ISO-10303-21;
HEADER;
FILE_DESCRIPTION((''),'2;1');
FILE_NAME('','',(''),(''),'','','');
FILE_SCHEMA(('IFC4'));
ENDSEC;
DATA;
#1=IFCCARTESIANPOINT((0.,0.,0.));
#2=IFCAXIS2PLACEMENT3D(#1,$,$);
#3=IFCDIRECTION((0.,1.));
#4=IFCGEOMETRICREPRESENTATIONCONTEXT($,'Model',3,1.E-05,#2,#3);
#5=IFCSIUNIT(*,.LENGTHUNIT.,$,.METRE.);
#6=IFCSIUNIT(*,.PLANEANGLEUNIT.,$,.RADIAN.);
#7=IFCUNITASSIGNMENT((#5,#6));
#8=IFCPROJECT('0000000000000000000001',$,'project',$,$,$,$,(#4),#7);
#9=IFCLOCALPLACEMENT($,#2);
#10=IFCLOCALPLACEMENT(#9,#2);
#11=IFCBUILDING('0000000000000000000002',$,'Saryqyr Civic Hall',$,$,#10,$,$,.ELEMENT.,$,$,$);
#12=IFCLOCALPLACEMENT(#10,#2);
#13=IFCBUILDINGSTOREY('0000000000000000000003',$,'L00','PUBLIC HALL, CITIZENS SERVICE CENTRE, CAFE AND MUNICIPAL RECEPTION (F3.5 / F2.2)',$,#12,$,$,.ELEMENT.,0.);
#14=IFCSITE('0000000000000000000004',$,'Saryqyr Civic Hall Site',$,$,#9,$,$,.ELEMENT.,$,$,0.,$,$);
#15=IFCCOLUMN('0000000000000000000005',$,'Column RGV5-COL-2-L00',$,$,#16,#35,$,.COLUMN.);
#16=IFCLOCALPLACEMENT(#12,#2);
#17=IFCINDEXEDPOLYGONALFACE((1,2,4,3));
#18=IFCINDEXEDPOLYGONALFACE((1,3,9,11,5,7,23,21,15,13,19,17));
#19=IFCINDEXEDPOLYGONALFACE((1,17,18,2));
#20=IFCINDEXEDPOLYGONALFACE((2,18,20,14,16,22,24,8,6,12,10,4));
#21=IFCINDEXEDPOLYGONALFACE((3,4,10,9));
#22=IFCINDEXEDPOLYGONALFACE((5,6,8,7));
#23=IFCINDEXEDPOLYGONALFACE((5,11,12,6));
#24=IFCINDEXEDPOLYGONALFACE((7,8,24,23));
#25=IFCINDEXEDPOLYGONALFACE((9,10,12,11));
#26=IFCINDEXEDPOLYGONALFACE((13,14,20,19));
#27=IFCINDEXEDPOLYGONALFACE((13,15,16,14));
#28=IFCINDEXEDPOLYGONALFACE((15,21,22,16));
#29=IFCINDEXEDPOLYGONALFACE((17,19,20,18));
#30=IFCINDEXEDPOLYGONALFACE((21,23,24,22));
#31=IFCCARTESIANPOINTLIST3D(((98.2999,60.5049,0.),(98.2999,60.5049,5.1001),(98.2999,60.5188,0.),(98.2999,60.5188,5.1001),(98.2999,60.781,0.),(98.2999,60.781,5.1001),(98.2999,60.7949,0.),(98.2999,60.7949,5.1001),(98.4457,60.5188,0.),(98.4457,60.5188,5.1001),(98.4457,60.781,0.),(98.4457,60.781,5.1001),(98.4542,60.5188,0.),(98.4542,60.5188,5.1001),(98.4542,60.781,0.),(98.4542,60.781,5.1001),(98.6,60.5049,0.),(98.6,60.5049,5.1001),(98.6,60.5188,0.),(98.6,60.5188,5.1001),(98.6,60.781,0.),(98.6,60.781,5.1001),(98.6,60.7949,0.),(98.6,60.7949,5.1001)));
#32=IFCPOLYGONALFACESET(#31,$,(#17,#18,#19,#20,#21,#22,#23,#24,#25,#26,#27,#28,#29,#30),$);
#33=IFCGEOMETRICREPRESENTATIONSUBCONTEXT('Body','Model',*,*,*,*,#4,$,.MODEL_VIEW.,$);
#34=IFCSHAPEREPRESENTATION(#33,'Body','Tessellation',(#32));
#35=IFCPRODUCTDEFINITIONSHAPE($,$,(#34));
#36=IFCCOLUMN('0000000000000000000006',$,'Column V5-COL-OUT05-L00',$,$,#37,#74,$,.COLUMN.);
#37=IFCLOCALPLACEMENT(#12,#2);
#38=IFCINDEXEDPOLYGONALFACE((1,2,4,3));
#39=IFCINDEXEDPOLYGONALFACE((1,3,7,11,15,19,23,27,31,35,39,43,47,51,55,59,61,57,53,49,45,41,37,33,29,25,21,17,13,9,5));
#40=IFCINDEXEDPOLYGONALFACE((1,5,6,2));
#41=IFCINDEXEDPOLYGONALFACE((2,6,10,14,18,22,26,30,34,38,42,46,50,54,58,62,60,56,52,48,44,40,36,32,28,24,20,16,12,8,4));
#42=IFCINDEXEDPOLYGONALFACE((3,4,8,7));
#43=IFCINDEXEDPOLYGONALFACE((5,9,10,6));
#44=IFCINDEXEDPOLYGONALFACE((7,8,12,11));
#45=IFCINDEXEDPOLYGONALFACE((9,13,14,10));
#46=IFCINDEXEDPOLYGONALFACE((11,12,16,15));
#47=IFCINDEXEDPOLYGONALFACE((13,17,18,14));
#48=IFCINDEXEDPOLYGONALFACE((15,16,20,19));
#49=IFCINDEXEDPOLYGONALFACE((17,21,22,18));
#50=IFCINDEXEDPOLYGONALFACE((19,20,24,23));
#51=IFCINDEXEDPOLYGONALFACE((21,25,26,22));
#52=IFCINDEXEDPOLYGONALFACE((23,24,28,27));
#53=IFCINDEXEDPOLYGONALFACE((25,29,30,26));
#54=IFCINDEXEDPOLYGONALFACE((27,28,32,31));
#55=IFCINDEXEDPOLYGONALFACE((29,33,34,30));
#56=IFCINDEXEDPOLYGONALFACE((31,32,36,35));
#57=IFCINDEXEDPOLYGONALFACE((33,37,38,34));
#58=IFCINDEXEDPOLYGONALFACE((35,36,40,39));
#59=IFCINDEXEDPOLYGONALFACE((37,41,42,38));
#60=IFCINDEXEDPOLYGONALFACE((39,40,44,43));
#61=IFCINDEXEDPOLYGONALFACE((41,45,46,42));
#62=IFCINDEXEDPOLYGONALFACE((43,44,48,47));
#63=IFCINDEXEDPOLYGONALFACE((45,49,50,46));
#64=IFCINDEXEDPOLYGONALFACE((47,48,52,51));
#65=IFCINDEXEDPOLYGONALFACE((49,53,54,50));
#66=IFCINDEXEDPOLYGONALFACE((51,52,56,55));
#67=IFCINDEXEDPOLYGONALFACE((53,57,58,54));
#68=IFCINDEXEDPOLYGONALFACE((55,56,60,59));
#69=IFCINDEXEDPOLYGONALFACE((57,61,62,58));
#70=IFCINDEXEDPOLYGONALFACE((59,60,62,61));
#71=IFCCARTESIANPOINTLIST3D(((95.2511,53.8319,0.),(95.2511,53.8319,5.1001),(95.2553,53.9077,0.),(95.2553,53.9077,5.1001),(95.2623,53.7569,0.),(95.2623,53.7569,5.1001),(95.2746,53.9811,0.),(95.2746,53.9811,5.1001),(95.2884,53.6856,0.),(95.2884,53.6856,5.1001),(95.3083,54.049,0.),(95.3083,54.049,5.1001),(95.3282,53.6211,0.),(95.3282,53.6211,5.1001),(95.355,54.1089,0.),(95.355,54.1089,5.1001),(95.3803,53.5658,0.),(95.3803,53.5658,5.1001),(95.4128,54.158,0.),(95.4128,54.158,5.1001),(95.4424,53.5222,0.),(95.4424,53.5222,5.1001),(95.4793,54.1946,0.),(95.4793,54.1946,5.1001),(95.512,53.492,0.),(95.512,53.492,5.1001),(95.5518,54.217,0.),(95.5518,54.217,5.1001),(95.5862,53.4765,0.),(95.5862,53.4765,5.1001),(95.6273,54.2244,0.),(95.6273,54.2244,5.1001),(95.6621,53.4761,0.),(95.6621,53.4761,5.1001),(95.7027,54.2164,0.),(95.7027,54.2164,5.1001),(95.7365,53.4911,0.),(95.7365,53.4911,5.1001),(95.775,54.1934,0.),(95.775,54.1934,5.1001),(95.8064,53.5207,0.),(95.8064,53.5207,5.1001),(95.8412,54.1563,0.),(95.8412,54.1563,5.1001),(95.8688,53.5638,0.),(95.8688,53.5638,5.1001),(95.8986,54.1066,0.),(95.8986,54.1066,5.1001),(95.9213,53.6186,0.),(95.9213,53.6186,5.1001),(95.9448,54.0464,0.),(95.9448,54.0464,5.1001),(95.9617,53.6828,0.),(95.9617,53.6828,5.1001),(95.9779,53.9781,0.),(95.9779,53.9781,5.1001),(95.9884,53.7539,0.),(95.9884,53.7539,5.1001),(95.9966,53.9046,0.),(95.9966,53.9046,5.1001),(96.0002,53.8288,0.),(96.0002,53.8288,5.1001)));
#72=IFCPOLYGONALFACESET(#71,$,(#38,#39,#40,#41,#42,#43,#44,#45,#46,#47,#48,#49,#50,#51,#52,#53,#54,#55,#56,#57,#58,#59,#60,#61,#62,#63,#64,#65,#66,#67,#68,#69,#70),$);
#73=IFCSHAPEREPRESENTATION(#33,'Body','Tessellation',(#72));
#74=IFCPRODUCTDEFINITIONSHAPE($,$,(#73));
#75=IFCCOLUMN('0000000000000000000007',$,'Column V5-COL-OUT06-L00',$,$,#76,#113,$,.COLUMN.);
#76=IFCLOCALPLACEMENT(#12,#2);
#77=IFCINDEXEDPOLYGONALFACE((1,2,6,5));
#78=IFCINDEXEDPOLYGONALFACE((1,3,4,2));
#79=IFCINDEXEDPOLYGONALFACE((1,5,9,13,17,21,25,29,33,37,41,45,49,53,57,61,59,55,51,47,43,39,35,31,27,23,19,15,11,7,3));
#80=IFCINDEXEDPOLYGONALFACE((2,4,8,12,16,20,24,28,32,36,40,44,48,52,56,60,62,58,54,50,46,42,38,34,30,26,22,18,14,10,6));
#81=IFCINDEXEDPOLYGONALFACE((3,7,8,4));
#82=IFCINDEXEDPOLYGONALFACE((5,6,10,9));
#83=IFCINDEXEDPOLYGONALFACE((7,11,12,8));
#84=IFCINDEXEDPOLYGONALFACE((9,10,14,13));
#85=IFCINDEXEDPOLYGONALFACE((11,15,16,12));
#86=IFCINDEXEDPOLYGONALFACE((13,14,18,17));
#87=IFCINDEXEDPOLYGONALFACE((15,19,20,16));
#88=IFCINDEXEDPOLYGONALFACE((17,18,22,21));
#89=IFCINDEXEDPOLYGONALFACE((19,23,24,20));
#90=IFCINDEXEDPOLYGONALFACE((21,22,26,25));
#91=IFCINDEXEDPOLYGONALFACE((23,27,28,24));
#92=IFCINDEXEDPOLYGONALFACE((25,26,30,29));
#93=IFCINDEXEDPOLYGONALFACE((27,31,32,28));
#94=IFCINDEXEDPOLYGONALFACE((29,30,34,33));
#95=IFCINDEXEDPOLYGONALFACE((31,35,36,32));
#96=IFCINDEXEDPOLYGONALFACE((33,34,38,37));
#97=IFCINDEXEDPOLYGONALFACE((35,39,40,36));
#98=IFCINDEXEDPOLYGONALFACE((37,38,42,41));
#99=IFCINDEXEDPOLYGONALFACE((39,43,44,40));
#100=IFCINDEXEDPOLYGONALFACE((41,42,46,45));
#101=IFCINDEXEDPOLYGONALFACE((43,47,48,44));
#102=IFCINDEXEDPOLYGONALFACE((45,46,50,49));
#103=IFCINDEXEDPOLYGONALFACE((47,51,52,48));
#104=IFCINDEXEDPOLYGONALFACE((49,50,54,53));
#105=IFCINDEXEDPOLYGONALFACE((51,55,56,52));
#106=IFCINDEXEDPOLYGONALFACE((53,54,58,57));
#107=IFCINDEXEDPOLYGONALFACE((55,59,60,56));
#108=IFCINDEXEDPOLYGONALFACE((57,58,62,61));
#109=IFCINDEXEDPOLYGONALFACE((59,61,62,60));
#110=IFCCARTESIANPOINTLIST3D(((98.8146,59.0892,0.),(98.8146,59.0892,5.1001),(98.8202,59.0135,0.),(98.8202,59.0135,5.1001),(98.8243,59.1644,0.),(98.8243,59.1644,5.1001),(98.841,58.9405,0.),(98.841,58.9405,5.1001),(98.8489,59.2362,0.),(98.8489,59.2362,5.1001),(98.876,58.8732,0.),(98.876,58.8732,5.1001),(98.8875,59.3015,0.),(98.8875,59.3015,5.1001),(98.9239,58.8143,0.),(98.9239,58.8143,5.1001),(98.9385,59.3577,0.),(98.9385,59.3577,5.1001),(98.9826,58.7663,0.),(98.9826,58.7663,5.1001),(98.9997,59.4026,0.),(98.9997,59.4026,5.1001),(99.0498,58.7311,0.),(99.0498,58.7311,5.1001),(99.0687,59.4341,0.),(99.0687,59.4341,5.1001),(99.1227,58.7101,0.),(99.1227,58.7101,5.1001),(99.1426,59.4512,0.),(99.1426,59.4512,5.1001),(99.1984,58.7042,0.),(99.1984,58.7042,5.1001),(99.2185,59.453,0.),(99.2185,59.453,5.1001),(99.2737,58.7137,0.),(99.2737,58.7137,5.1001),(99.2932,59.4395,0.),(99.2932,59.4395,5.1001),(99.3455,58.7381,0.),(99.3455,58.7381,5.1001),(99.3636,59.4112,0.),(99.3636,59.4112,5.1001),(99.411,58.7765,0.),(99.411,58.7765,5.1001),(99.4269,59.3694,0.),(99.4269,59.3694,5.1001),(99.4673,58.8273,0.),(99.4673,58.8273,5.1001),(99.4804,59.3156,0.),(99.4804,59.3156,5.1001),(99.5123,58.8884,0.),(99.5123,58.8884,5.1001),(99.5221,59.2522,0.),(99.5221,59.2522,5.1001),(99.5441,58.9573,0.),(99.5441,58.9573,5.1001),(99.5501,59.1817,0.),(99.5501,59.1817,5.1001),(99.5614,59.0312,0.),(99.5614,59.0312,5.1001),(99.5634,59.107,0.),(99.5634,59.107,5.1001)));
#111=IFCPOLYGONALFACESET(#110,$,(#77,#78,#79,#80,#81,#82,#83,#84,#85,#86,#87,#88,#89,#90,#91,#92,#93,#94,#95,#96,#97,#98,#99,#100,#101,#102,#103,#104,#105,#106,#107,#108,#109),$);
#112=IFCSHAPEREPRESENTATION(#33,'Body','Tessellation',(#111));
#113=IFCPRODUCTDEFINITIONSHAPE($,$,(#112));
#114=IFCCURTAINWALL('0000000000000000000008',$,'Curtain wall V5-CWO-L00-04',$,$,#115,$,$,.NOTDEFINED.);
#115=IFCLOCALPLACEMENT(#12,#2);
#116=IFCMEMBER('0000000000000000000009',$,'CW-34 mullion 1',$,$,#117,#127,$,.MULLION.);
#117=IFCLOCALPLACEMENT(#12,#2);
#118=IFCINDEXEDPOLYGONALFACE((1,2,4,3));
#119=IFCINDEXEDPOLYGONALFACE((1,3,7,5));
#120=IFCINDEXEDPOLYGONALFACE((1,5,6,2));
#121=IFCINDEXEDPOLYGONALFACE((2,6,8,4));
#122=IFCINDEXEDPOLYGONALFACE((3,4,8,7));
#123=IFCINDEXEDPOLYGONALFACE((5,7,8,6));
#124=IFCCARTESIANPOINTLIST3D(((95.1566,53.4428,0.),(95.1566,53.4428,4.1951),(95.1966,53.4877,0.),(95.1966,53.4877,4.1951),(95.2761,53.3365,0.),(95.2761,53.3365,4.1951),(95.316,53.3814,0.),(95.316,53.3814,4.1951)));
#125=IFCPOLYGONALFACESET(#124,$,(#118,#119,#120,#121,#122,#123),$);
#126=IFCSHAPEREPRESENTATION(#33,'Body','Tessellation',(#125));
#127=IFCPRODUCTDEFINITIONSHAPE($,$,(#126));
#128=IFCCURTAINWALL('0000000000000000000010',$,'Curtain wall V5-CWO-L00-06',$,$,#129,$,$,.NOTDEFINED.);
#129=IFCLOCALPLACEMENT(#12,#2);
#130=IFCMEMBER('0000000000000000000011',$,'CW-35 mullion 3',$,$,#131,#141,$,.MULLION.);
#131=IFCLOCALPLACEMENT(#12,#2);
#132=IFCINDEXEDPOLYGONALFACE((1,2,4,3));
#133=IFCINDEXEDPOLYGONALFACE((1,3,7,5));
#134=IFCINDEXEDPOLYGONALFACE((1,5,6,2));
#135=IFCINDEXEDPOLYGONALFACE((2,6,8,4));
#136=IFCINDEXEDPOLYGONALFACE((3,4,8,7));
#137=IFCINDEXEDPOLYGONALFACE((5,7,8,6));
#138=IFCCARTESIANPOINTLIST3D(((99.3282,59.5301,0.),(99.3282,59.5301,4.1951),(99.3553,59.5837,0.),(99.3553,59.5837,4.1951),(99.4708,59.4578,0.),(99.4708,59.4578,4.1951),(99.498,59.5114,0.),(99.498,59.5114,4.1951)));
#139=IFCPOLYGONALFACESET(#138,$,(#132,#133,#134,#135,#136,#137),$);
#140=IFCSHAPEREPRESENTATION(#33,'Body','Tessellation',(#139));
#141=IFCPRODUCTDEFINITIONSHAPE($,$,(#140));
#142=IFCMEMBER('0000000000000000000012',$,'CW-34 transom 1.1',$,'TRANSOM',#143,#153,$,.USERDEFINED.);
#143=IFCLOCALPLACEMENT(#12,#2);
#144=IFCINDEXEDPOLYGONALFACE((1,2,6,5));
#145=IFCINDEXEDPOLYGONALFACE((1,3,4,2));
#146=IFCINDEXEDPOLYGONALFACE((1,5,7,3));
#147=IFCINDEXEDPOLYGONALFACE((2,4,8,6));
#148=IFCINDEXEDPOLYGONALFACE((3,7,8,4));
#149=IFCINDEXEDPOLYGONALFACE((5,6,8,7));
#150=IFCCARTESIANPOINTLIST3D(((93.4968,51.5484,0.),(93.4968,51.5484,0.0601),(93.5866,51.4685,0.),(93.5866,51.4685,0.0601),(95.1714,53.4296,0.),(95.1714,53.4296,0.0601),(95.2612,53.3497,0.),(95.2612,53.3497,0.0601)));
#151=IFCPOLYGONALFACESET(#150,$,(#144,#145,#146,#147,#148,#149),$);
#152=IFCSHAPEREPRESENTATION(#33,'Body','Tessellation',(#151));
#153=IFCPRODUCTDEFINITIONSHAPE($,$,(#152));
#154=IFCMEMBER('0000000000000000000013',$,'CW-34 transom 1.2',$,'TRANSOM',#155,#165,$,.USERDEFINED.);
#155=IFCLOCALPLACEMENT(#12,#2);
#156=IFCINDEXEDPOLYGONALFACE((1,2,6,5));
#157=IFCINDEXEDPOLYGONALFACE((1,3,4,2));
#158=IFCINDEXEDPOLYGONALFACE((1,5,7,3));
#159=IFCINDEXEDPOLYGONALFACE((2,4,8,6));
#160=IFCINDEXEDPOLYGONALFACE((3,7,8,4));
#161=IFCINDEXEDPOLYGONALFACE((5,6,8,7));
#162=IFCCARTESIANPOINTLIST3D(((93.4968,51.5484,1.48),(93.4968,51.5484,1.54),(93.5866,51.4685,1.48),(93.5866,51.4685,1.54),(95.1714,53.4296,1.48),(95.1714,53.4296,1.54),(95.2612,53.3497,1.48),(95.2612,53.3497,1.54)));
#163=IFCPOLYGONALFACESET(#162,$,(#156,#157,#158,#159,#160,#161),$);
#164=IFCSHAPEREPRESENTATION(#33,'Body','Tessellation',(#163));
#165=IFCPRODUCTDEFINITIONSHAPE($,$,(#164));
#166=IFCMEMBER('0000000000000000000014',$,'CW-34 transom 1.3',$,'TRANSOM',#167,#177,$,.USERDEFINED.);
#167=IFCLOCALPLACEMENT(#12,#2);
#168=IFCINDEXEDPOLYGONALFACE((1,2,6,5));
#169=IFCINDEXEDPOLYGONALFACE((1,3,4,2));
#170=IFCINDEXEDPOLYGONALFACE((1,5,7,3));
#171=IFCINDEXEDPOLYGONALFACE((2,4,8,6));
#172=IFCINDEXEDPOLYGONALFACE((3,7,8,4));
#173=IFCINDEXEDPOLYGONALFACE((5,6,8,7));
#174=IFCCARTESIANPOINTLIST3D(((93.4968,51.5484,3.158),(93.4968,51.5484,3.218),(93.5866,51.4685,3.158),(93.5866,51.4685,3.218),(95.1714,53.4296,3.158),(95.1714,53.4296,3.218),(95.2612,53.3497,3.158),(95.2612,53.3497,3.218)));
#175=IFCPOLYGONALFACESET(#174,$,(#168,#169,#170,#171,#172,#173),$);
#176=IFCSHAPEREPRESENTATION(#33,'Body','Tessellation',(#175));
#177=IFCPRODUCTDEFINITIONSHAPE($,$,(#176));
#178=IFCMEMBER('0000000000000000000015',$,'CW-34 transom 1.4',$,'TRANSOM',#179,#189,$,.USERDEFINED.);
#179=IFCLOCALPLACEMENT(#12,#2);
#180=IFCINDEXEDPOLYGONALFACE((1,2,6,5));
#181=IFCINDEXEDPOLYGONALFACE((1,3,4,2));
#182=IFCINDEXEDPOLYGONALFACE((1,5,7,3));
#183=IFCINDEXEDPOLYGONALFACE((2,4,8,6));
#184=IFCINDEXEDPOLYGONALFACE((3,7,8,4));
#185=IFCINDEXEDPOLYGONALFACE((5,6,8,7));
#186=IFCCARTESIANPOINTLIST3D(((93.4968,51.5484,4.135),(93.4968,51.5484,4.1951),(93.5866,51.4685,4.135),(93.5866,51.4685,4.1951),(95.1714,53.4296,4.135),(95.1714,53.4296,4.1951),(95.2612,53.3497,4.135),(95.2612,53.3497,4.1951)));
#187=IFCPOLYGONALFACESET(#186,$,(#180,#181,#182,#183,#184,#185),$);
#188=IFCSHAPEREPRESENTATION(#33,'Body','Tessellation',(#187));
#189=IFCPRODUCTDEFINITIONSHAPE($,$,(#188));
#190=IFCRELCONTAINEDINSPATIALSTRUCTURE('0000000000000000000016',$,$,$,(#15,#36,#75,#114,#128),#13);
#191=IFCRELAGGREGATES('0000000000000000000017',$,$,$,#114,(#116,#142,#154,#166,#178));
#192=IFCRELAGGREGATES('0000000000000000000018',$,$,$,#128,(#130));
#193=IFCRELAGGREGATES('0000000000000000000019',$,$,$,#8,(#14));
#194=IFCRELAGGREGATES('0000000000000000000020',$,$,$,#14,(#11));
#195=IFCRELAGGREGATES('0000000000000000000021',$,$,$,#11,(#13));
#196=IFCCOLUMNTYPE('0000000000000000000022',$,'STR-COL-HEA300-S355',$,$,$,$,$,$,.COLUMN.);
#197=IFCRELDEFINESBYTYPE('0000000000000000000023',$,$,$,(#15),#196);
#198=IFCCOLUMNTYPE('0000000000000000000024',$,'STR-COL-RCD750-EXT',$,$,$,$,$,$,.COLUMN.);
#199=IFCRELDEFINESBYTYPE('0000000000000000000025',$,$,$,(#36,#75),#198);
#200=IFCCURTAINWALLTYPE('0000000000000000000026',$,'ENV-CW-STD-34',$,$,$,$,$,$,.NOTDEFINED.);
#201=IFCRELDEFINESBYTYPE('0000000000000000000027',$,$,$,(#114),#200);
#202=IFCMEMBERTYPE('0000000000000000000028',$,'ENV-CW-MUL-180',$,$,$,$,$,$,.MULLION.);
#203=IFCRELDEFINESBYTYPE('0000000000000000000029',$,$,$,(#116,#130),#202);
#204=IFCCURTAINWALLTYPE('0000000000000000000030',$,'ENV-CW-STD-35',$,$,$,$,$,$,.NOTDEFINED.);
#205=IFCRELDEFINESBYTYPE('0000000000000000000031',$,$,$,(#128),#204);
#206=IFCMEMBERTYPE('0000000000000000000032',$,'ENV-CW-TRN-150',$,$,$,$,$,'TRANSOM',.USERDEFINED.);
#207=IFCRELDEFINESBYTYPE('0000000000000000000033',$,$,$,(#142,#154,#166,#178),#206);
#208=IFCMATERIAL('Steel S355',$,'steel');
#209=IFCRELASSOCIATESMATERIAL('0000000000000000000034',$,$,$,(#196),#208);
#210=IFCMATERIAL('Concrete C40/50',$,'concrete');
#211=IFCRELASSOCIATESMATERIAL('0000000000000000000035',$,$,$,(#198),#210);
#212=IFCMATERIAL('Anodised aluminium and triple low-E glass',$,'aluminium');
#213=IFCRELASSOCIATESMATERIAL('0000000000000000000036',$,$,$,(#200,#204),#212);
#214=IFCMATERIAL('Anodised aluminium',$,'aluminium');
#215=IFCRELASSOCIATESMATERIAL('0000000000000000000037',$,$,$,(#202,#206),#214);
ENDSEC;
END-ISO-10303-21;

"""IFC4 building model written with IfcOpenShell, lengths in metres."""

from ifc_helpers import new_model, si_unit, direction, frame, origin, origin_2d, place, context, subcontext, project, spatial, rectangle, circle, i_section, extrude, material, material_profile, profile_set, type_object, element, aggregate, save


model = new_model("IFC4")

# Units and contexts
model_context = context("Model", 3, precision=1e-05, world=origin(), true_north=direction((0.0, 1.0)))
body_context = subcontext(model_context, "Body", "Model", "MODEL_VIEW")
ifc_project = project(units=[si_unit("LENGTHUNIT", "METRE"), si_unit("PLANEANGLEUNIT", "RADIAN")], contexts=[model_context])

# Site, building, storey
site_placement = place(None, origin())
site = spatial("IfcSite", under=ifc_project, at=site_placement, Name="Saryqyr Civic Hall Site", CompositionType="ELEMENT", RefElevation=0.0)
building_placement = place(site_placement, origin())
building = spatial("IfcBuilding", under=site, at=building_placement, Name="Saryqyr Civic Hall", CompositionType="ELEMENT")
storey_placement = place(building_placement, origin())
storey = spatial("IfcBuildingStorey", under=building, at=storey_placement, Name="L00", Description="PUBLIC HALL, CITIZENS SERVICE CENTRE, CAFE AND MUNICIPAL RECEPTION (F3.5 / F2.2)", CompositionType="ELEMENT", Elevation=0.0)

# Columns
ifc_material_1 = material(Name="Steel S355", Category="steel")
ifc_material_profile_1 = material_profile(ifc_material_1, i_section(OverallWidth=0.3, OverallDepth=0.29, WebThickness=0.0085, FlangeThickness=0.0139, at=origin_2d()), Name="HEA 300")
ifc_profile_set_1 = profile_set([ifc_material_profile_1], Name="Steel S355")
column_type_1 = type_object("IfcColumnType", Name="STR-COL-HEA300-S355", PredefinedType="COLUMN", material=ifc_profile_set_1)
column_placement = place(storey_placement, frame((98.45, 60.6499, 0.0), z_axis=(0.0, 0.0, 1.0), x_axis=(1.0, 0.0, 0.0)))
element("IfcColumn", 1, at=column_placement, inside=storey, type_object=column_type_1, Name="Column RGV5-COL-2-L00", PredefinedType="COLUMN", context=body_context, shape_type="SweptSolid", body=[
    extrude(i_section(OverallWidth=0.3, OverallDepth=0.29, WebThickness=0.0085, FlangeThickness=0.0139, at=origin_2d()), origin(), (0.0, 0.0, 1.0), 5.1001),
])
ifc_material_2 = material(Name="Concrete C40/50", Category="concrete")
ifc_material_profile_2 = material_profile(ifc_material_2, circle(Radius=0.375, at=origin_2d()), Name="RC D750")
ifc_profile_set_2 = profile_set([ifc_material_profile_2], Name="Concrete C40/50")
column_type_2 = type_object("IfcColumnType", Name="STR-COL-RCD750-EXT", PredefinedType="COLUMN", material=ifc_profile_set_2)
for number, where, z_axis, x_axis, name in (
    (2, (95.6257, 53.8494, 0.0), (0.0, 0.0, 1.0), (0.788226, -0.615386, 0.0), "Column V5-COL-OUT05-L00"),
    (3, (99.1895, 59.0791, 0.0), (0.0, 0.0, 1.0), (0.861008, -0.508591, 0.0), "Column V5-COL-OUT06-L00"),
):
    element("IfcColumn", number, at=place(storey_placement, frame(where, z_axis=z_axis, x_axis=x_axis)), inside=storey, type_object=column_type_2, Name=name, PredefinedType="COLUMN", context=body_context, shape_type="SweptSolid", body=[
        extrude(circle(Radius=0.375, at=origin_2d()), origin(), (0.0, 0.0, 1.0), 5.1001),
    ])

# Curtain walls, members
ifc_material_3 = material(Name="Anodised aluminium and triple low-E glass", Category="aluminium")
curtain_wall_type_1 = type_object("IfcCurtainWallType", Name="ENV-CW-STD-34", PredefinedType="NOTDEFINED", material=ifc_material_3)
curtain_wall_1_placement = place(storey_placement, origin())
curtain_wall_1 = element("IfcCurtainWall", 4, at=curtain_wall_1_placement, inside=storey, type_object=curtain_wall_type_1, Name="Curtain wall V5-CWO-L00-04", PredefinedType="NOTDEFINED")
ifc_material_4 = material(Name="Anodised aluminium", Category="aluminium")
ifc_material_profile_3 = material_profile(ifc_material_4, rectangle(XDim=0.0601, YDim=0.1599, at=origin_2d()), Name="ALU MULLION 60x160")
ifc_profile_set_3 = profile_set([ifc_material_profile_3], Name="Anodised aluminium")
member_type_1 = type_object("IfcMemberType", Name="ENV-CW-MUL-180", PredefinedType="MULLION", material=ifc_profile_set_3)
member_1_placement = place(storey_placement, frame((95.2363, 53.4121, 0.0), z_axis=(0.0, 0.0, 1.0), x_axis=(-0.664928, -0.746908, 0.0)))
member_1 = element("IfcMember", 5, at=member_1_placement, type_object=member_type_1, Name="CW-34 mullion 1", PredefinedType="MULLION", context=body_context, shape_type="SweptSolid", body=[
    extrude(rectangle(XDim=0.0601, YDim=0.1599, at=origin_2d()), origin(), (0.0, 0.0, 1.0), 4.1951),
])
curtain_wall_type_2 = type_object("IfcCurtainWallType", Name="ENV-CW-STD-35", PredefinedType="NOTDEFINED", material=ifc_material_3)
curtain_wall_2_placement = place(storey_placement, origin())
curtain_wall_2 = element("IfcCurtainWall", 6, at=curtain_wall_2_placement, inside=storey, type_object=curtain_wall_type_2, Name="Curtain wall V5-CWO-L00-06", PredefinedType="NOTDEFINED")
member_2_placement = place(storey_placement, frame((99.4131, 59.5208, 0.0), z_axis=(0.0, 0.0, 1.0), x_axis=(-0.451942, -0.892047, 0.0)))
member_2 = element("IfcMember", 7, at=member_2_placement, type_object=member_type_1, Name="CW-35 mullion 3", PredefinedType="MULLION", context=body_context, shape_type="SweptSolid", body=[
    extrude(rectangle(XDim=0.0601, YDim=0.1599, at=origin_2d()), origin(), (0.0, 0.0, 1.0), 4.1951),
])

# Members
ifc_material_profile_4 = material_profile(ifc_material_4, rectangle(XDim=0.1201, YDim=0.0601, at=origin_2d()), Name="ALU TRANSOM 120x60")
ifc_profile_set_4 = profile_set([ifc_material_profile_4], Name="Anodised aluminium")
member_type_2 = type_object("IfcMemberType", Name="ENV-CW-TRN-150", ElementType="TRANSOM", PredefinedType="USERDEFINED", material=ifc_profile_set_4)
member_3_placement = place(storey_placement, frame((95.2163, 53.3896, 0.03), z_axis=(-0.664911, -0.746922, 0.0), x_axis=(0.746922, -0.664911, 0.0)))
member_3 = element("IfcMember", 8, at=member_3_placement, type_object=member_type_2, Name="CW-34 transom 1.1", ObjectType="TRANSOM", PredefinedType="USERDEFINED", context=body_context, shape_type="SweptSolid", body=[
    extrude(rectangle(XDim=0.1201, YDim=0.0601, at=origin_2d()), origin(), (0.0, 0.0, 1.0), 2.5186),
])
member_4_placement = place(storey_placement, frame((95.2163, 53.3896, 1.51), z_axis=(-0.664911, -0.746922, 0.0), x_axis=(0.746922, -0.664911, 0.0)))
member_4 = element("IfcMember", 9, at=member_4_placement, type_object=member_type_2, Name="CW-34 transom 1.2", ObjectType="TRANSOM", PredefinedType="USERDEFINED", context=body_context, shape_type="SweptSolid", body=[
    extrude(rectangle(XDim=0.1201, YDim=0.0601, at=origin_2d()), origin(), (0.0, 0.0, 1.0), 2.5186),
])
member_5_placement = place(storey_placement, frame((95.2163, 53.3896, 3.188), z_axis=(-0.664911, -0.746922, 0.0), x_axis=(0.746922, -0.664911, 0.0)))
member_5 = element("IfcMember", 10, at=member_5_placement, type_object=member_type_2, Name="CW-34 transom 1.3", ObjectType="TRANSOM", PredefinedType="USERDEFINED", context=body_context, shape_type="SweptSolid", body=[
    extrude(rectangle(XDim=0.1201, YDim=0.0601, at=origin_2d()), origin(), (0.0, 0.0, 1.0), 2.5186),
])
member_6_placement = place(storey_placement, frame((95.2163, 53.3896, 4.165), z_axis=(-0.664911, -0.746922, 0.0), x_axis=(0.746922, -0.664911, 0.0)))
member_6 = element("IfcMember", 11, at=member_6_placement, type_object=member_type_2, Name="CW-34 transom 1.4", ObjectType="TRANSOM", PredefinedType="USERDEFINED", context=body_context, shape_type="SweptSolid", body=[
    extrude(rectangle(XDim=0.1201, YDim=0.0601, at=origin_2d()), origin(), (0.0, 0.0, 1.0), 2.5186),
])

aggregate(curtain_wall_1, [member_1, member_3, member_4, member_5, member_6])
aggregate(curtain_wall_2, [member_2])

save(model, "model.ifc")
